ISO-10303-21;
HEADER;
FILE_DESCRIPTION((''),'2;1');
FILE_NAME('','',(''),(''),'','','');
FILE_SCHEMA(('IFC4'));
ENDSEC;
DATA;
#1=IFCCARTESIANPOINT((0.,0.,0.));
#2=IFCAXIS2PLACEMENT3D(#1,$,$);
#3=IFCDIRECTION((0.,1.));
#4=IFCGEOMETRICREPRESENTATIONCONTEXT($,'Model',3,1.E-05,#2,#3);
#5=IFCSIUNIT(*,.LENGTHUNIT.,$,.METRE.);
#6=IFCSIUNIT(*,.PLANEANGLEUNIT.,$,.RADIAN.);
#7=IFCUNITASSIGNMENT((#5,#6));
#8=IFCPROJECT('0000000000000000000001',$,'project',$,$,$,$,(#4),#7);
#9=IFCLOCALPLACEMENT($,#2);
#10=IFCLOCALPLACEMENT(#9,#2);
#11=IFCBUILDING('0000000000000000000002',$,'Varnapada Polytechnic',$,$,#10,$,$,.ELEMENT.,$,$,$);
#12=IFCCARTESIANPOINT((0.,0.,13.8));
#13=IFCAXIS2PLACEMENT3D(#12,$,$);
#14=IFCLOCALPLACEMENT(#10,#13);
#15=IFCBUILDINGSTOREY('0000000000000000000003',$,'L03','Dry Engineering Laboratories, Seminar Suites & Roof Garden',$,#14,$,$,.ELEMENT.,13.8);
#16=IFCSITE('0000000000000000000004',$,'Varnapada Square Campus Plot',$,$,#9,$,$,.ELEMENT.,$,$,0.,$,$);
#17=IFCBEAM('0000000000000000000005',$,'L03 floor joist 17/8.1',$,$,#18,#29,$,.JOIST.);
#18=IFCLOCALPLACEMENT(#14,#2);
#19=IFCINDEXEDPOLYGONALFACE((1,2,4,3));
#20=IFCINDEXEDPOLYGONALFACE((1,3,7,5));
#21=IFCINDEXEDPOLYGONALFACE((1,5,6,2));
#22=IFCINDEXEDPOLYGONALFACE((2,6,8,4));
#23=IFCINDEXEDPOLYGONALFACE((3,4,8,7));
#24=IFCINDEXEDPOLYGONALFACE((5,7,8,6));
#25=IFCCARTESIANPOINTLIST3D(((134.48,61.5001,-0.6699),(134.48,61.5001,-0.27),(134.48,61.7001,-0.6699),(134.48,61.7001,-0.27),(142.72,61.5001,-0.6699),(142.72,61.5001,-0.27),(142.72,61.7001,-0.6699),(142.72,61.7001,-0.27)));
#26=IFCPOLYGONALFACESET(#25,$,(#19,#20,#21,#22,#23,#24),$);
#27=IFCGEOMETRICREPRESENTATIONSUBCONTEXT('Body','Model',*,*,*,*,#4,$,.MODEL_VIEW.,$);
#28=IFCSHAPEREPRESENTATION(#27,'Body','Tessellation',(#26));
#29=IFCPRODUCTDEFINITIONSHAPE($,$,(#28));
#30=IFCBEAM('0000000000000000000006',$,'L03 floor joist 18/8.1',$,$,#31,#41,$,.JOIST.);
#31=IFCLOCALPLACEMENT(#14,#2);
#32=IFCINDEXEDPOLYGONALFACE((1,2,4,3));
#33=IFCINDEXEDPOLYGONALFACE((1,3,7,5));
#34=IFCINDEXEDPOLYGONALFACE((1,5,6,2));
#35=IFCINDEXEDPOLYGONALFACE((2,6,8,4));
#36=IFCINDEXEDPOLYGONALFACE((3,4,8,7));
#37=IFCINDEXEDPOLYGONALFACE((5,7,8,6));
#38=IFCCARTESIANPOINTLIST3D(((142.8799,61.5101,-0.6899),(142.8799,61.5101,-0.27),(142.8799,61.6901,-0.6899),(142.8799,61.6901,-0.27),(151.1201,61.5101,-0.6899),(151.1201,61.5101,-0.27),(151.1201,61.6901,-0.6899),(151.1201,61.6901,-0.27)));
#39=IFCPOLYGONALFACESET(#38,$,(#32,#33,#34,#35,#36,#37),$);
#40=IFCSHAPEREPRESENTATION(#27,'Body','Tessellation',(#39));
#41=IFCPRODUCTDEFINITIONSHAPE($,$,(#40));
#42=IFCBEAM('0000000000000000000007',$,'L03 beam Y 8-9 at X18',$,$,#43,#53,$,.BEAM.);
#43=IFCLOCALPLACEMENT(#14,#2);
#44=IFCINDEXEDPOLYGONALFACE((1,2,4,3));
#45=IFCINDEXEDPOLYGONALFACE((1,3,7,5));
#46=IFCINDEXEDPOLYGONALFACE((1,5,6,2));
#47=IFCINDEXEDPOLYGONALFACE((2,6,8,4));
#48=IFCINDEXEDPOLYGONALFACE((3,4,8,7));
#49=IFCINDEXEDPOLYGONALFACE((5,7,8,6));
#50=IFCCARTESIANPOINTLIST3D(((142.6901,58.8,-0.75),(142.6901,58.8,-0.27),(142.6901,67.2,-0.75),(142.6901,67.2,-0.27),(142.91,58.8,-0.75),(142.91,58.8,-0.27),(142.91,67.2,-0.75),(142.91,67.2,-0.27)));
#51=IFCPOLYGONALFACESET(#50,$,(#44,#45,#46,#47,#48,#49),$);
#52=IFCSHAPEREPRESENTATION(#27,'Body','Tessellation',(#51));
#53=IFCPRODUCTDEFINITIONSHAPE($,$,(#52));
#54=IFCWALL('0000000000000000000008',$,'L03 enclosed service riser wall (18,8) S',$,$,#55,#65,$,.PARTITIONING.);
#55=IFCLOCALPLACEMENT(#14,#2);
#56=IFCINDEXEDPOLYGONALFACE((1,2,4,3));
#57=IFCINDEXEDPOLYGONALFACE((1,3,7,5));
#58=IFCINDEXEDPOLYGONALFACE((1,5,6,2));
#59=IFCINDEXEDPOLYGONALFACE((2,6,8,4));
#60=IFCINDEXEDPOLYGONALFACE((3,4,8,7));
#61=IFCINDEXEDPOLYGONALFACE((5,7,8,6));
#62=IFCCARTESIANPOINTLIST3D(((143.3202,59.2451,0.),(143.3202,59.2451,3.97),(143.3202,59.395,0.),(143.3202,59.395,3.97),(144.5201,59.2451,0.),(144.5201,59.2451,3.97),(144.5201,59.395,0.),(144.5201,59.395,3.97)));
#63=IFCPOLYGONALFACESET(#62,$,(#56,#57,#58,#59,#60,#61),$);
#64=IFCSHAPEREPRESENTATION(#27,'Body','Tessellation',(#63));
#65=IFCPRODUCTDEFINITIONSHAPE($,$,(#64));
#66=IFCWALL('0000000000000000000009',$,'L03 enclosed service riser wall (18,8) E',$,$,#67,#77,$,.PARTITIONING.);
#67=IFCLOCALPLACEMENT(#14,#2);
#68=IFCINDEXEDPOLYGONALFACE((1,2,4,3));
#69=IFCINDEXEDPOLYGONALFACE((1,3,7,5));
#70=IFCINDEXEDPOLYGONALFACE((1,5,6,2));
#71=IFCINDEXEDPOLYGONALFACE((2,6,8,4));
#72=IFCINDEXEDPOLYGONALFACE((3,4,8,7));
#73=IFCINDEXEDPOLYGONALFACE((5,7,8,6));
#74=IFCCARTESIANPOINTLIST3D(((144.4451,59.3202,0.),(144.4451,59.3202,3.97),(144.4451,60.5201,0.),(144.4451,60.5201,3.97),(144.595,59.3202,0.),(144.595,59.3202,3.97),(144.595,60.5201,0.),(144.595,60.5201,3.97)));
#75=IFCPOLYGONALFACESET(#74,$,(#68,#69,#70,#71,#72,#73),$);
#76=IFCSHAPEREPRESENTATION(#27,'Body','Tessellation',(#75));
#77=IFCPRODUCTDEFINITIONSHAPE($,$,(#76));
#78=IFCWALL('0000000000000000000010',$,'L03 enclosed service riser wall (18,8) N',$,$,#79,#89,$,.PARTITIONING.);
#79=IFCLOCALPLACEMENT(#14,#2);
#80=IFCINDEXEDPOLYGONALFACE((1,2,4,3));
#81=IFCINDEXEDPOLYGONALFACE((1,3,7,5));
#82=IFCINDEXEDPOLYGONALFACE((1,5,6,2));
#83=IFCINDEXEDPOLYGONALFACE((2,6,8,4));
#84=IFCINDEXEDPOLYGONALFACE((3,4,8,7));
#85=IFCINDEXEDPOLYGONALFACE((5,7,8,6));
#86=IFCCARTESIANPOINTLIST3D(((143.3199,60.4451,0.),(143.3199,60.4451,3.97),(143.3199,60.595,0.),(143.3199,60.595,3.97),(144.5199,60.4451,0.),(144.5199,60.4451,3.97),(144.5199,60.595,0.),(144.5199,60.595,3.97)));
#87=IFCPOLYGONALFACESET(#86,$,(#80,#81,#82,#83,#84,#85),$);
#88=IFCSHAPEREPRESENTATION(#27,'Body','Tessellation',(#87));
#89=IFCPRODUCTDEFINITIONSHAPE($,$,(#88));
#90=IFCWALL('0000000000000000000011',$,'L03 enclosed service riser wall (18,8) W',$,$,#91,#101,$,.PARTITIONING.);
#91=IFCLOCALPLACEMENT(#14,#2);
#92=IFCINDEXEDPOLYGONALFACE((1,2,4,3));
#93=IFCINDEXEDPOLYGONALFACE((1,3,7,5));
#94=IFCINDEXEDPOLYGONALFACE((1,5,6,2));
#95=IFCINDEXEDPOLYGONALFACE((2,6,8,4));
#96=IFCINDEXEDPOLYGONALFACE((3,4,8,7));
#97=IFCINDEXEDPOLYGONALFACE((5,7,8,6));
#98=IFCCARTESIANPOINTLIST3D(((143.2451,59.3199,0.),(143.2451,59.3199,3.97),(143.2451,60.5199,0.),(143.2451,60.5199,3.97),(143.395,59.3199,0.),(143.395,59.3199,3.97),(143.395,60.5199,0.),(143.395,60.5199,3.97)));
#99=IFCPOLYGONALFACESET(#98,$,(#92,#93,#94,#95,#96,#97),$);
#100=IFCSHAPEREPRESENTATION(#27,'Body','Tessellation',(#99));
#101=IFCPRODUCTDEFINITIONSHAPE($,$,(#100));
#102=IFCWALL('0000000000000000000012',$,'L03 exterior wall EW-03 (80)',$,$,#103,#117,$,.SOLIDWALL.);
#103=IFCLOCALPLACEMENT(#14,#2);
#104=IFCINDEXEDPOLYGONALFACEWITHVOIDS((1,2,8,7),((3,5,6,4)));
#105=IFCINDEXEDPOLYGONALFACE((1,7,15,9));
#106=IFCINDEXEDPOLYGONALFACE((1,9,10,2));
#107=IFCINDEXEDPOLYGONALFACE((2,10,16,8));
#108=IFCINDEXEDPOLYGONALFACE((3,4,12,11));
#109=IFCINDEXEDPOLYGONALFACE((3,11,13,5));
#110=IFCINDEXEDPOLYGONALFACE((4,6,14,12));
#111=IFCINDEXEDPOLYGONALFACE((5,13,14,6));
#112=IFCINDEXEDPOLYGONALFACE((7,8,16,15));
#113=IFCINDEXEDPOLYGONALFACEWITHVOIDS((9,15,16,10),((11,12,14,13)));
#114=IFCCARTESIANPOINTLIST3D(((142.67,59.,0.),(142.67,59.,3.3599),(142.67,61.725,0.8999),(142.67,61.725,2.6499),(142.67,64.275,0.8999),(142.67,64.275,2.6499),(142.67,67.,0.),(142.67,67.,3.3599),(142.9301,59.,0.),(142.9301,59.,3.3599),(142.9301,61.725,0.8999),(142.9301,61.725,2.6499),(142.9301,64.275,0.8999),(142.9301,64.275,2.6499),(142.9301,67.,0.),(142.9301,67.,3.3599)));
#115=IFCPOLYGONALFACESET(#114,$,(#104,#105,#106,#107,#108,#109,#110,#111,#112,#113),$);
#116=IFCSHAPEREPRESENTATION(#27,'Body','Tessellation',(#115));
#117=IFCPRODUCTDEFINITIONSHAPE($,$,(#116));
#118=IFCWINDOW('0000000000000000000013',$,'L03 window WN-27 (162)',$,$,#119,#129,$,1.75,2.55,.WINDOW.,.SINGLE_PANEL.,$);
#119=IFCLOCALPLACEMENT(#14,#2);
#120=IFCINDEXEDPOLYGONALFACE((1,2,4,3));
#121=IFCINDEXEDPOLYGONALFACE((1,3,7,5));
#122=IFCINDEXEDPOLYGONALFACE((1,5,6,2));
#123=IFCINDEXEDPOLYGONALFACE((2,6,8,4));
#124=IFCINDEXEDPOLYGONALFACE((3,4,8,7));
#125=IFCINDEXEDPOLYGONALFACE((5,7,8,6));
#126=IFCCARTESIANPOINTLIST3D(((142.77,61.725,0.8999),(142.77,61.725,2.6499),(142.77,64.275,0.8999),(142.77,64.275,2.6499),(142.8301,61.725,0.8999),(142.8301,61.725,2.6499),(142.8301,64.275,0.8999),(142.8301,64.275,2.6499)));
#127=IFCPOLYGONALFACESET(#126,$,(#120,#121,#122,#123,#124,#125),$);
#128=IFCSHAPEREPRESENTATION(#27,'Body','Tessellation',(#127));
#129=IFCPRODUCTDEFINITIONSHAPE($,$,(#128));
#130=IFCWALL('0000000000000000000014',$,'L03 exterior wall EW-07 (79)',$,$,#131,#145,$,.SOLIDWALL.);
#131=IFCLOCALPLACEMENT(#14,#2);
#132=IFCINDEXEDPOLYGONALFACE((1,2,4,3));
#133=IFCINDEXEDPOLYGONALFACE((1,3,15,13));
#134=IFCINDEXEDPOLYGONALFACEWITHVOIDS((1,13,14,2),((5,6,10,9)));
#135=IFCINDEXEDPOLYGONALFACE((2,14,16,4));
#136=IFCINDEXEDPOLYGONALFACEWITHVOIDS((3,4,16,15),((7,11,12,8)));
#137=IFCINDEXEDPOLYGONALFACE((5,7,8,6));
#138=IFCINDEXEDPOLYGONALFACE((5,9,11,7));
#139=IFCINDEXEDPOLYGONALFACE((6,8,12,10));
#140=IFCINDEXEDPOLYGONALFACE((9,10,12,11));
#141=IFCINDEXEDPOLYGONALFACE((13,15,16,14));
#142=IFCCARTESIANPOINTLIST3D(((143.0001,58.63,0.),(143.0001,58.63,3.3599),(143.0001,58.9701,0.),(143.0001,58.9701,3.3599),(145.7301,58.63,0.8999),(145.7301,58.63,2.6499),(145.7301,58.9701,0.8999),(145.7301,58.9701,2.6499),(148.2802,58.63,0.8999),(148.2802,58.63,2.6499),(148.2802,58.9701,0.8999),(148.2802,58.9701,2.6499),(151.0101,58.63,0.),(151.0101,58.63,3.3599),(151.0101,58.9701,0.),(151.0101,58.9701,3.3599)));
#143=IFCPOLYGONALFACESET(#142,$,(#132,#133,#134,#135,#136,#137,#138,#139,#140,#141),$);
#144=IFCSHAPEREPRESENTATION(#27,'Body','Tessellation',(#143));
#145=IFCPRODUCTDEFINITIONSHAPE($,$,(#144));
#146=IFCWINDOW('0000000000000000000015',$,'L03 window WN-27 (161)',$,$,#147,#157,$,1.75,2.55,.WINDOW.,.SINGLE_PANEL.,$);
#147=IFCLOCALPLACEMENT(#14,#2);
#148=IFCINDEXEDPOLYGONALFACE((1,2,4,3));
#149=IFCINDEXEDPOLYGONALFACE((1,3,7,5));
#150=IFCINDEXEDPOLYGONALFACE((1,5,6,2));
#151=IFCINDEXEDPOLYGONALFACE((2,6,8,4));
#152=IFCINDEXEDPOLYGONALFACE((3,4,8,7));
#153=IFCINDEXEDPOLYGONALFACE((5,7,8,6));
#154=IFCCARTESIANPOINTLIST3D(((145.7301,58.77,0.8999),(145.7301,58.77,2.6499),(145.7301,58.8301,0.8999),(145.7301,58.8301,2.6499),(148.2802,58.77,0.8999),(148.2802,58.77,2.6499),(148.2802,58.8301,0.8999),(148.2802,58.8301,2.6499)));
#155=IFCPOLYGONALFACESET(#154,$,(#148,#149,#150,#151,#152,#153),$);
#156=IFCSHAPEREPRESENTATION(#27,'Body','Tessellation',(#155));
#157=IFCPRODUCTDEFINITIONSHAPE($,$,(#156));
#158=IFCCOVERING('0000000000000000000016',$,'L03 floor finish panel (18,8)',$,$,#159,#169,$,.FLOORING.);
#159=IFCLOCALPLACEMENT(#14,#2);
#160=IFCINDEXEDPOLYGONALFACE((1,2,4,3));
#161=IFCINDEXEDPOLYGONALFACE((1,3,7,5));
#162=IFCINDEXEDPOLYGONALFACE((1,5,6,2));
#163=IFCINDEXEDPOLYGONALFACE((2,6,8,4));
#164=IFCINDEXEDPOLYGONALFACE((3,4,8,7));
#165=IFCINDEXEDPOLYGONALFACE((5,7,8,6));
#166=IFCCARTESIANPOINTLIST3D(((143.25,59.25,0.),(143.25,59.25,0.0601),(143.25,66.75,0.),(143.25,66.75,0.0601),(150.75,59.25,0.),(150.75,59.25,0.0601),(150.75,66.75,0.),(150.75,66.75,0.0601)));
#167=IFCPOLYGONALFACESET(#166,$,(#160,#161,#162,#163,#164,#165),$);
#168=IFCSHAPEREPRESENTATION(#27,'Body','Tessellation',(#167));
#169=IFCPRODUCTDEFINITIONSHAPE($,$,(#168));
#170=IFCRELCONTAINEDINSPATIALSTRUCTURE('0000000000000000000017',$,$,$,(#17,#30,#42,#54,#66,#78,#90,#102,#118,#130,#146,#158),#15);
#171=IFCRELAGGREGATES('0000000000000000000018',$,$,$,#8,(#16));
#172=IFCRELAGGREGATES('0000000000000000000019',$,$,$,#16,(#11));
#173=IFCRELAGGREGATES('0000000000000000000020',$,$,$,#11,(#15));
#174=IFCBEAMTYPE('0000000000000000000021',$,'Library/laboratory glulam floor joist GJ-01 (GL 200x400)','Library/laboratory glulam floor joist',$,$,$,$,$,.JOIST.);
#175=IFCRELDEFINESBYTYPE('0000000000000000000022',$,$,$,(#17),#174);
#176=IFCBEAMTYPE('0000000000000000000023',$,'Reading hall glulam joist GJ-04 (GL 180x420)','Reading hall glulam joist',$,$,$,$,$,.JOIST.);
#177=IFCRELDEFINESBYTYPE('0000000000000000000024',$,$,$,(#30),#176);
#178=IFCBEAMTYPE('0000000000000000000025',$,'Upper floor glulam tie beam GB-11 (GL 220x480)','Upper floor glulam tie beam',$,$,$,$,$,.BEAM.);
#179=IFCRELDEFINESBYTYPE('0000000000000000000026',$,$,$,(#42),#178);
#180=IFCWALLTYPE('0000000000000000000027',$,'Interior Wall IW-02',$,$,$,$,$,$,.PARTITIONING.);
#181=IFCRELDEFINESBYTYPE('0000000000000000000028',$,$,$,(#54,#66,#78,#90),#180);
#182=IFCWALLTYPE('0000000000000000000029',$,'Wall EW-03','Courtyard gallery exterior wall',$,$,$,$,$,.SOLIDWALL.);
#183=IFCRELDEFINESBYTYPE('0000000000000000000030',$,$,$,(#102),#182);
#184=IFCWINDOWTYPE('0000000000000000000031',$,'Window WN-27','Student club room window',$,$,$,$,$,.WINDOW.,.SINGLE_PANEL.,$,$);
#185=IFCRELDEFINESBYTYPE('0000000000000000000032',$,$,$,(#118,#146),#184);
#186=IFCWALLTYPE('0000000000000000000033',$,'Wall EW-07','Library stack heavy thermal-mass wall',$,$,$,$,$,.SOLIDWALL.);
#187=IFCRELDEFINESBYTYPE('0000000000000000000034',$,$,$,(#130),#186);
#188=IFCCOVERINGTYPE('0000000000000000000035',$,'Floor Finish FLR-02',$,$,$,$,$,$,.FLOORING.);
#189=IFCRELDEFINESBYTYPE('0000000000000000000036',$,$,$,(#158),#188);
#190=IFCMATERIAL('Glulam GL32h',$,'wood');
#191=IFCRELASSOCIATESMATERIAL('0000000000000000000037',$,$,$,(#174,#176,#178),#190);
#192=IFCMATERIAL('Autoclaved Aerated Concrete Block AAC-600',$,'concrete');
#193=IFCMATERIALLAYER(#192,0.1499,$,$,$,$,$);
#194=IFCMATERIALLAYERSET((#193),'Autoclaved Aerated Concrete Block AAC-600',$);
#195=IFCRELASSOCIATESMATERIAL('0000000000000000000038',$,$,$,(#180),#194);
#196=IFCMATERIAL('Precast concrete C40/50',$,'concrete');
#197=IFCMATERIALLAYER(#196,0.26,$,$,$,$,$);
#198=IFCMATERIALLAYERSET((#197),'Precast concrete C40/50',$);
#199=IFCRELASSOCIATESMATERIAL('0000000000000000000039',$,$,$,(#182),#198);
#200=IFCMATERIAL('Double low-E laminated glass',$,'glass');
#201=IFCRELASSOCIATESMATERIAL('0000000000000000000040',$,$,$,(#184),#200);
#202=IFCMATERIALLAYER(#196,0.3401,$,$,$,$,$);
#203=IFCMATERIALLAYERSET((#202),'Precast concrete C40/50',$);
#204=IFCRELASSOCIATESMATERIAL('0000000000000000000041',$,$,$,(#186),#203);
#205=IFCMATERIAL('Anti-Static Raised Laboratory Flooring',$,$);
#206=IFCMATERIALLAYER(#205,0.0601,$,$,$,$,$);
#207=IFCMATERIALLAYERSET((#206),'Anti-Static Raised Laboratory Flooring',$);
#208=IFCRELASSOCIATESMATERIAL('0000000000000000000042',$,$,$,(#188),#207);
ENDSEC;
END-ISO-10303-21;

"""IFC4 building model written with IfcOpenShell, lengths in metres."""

from ifc_helpers import new_model, si_unit, direction, frame, frame_2d, origin, origin_2d, place, context, subcontext, project, spatial, rectangle, extrude, material, layer, layer_set, material_profile, profile_set, type_object, element, fill, save


model = new_model("IFC4")

# Units and contexts
model_context = context("Model", 3, precision=1e-05, world=origin(), true_north=direction((0.0, 1.0)))
body_context = subcontext(model_context, "Body", "Model", "MODEL_VIEW")
ifc_project = project(units=[si_unit("LENGTHUNIT", "METRE"), si_unit("PLANEANGLEUNIT", "RADIAN")], contexts=[model_context])

# Site, building, storey
site_placement = place(None, origin())
site = spatial("IfcSite", under=ifc_project, at=site_placement, Name="Varnapada Square Campus Plot", CompositionType="ELEMENT", RefElevation=0.0)
building_placement = place(site_placement, origin())
building = spatial("IfcBuilding", under=site, at=building_placement, Name="Varnapada Polytechnic", CompositionType="ELEMENT")
storey_placement = place(building_placement, frame((0.0, 0.0, 13.8)))
storey = spatial("IfcBuildingStorey", under=building, at=storey_placement, Name="L03", Description="Dry Engineering Laboratories, Seminar Suites & Roof Garden", CompositionType="ELEMENT", Elevation=13.8)

# Beams
ifc_material_1 = material(Name="Glulam GL32h", Category="wood")
ifc_material_profile_1 = material_profile(ifc_material_1, rectangle(XDim=0.2, YDim=0.3999, at=origin_2d()), Name="GL 200x400")
ifc_profile_set_1 = profile_set([ifc_material_profile_1], Name="Glulam GL32h")
beam_type_1 = type_object("IfcBeamType", Name="Library/laboratory glulam floor joist GJ-01 (GL 200x400)", Description="Library/laboratory glulam floor joist", PredefinedType="JOIST", material=ifc_profile_set_1)
beam_1_placement = place(storey_placement, frame((134.48, 61.6001, -0.47), z_axis=(1.0, 0.0, 0.0), x_axis=(0.0, 1.0, 0.0)))
element("IfcBeam", 1, at=beam_1_placement, inside=storey, type_object=beam_type_1, Name="L03 floor joist 17/8.1", PredefinedType="JOIST", context=body_context, shape_type="SweptSolid", body=[
    extrude(rectangle(XDim=0.2, YDim=0.3999, at=origin_2d()), origin(), (0.0, 0.0, 1.0), 8.24),
])
ifc_material_profile_2 = material_profile(ifc_material_1, rectangle(XDim=0.1799, YDim=0.4199, at=origin_2d()), Name="GL 180x420")
ifc_profile_set_2 = profile_set([ifc_material_profile_2], Name="Glulam GL32h")
beam_type_2 = type_object("IfcBeamType", Name="Reading hall glulam joist GJ-04 (GL 180x420)", Description="Reading hall glulam joist", PredefinedType="JOIST", material=ifc_profile_set_2)
beam_2_placement = place(storey_placement, frame((142.8799, 61.6001, -0.48), z_axis=(1.0, 0.0, 0.0), x_axis=(0.0, 1.0, 0.0)))
element("IfcBeam", 2, at=beam_2_placement, inside=storey, type_object=beam_type_2, Name="L03 floor joist 18/8.1", PredefinedType="JOIST", context=body_context, shape_type="SweptSolid", body=[
    extrude(rectangle(XDim=0.1799, YDim=0.4199, at=origin_2d()), origin(), (0.0, 0.0, 1.0), 8.2402),
])
ifc_material_profile_3 = material_profile(ifc_material_1, rectangle(XDim=0.22, YDim=0.48, at=origin_2d()), Name="GL 220x480")
ifc_profile_set_3 = profile_set([ifc_material_profile_3], Name="Glulam GL32h")
beam_type_3 = type_object("IfcBeamType", Name="Upper floor glulam tie beam GB-11 (GL 220x480)", Description="Upper floor glulam tie beam", PredefinedType="BEAM", material=ifc_profile_set_3)
beam_3_placement = place(storey_placement, frame((142.8, 58.8, -0.51), z_axis=(0.0, 1.0, 0.0), x_axis=(-1.0, 0.0, 0.0)))
element("IfcBeam", 3, at=beam_3_placement, inside=storey, type_object=beam_type_3, Name="L03 beam Y 8-9 at X18", PredefinedType="BEAM", context=body_context, shape_type="SweptSolid", body=[
    extrude(rectangle(XDim=0.22, YDim=0.48, at=origin_2d()), origin(), (0.0, 0.0, 1.0), 8.3999),
])

# Walls
ifc_material_2 = material(Name="Autoclaved Aerated Concrete Block AAC-600", Category="concrete")
ifc_layer_1 = layer(ifc_material_2, 0.1499)
ifc_layer_set_1 = layer_set([ifc_layer_1], Name="Autoclaved Aerated Concrete Block AAC-600")
wall_type_1 = type_object("IfcWallType", Name="Interior Wall IW-02", PredefinedType="PARTITIONING", material=ifc_layer_set_1)
for number, where, z_axis, x_axis, name in (
    (4, (143.3201, 59.3201, 0.0), (0.0, 0.0, 1.0), (1.0, 0.0, 0.0), "L03 enclosed service riser wall (18,8) S"),
    (5, (144.52, 59.3201, 0.0), (0.0, 0.0, 1.0), (0.0, 1.0, 0.0), "L03 enclosed service riser wall (18,8) E"),
    (6, (144.52, 60.52, 0.0), (0.0, 0.0, 1.0), (-1.0, 0.0, 0.0), "L03 enclosed service riser wall (18,8) N"),
    (7, (143.3201, 60.52, 0.0), (0.0, 0.0, 1.0), (0.0, -1.0, 0.0), "L03 enclosed service riser wall (18,8) W"),
):
    element("IfcWall", number, at=place(storey_placement, frame(where, z_axis=z_axis, x_axis=x_axis)), inside=storey, type_object=wall_type_1, Name=name, PredefinedType="PARTITIONING", context=body_context, shape_type="SweptSolid", body=[
        extrude(rectangle(XDim=1.2, YDim=0.1499, at=frame_2d((0.6001, 0.0))), origin(), (0.0, 0.0, 1.0), 3.97),
    ])

# Walls, openings, windows
ifc_material_3 = material(Name="Precast concrete C40/50", Category="concrete")
ifc_layer_2 = layer(ifc_material_3, 0.26)
ifc_layer_set_2 = layer_set([ifc_layer_2], Name="Precast concrete C40/50")
wall_type_2 = type_object("IfcWallType", Name="Wall EW-03", Description="Courtyard gallery exterior wall", PredefinedType="SOLIDWALL", material=ifc_layer_set_2)
wall_1_placement = place(storey_placement, frame((142.8, 59.0, 0.0), z_axis=(0.0, 0.0, 1.0), x_axis=(0.0, 1.0, 0.0)))
wall_1 = element("IfcWall", 8, at=wall_1_placement, inside=storey, type_object=wall_type_2, Name="L03 exterior wall EW-03 (80)", PredefinedType="SOLIDWALL", context=body_context, shape_type="SweptSolid", body=[
    extrude(rectangle(XDim=8.0, YDim=0.26, at=frame_2d((4.0, 0.0))), origin(), (0.0, 0.0, 1.0), 3.3599),
])
opening_1_placement = place(wall_1_placement, frame((2.7251, 0.0, 0.8999)))
opening_1 = element("IfcOpeningElement", 9, at=opening_1_placement, cuts=wall_1, PredefinedType="OPENING", context=body_context, shape_type="SweptSolid", body=[
    extrude(rectangle(XDim=2.55, YDim=1.75, at=frame_2d((1.2749, 0.875))), frame((0.0, 0.1399, 0.0), z_axis=(0.0, -1.0, 0.0), x_axis=(1.0, 0.0, 0.0)), (0.0, 0.0, 1.0), 0.28),
])
ifc_material_4 = material(Name="Double low-E laminated glass", Category="glass")
window_type = type_object("IfcWindowType", Name="Window WN-27", Description="Student club room window", PartitioningType="SINGLE_PANEL", PredefinedType="WINDOW", material=ifc_material_4)
window_1_placement = place(opening_1_placement, origin())
window_1 = element("IfcWindow", 10, at=window_1_placement, inside=storey, type_object=window_type, Name="L03 window WN-27 (162)", OverallHeight=1.75, OverallWidth=2.55, PartitioningType="SINGLE_PANEL", PredefinedType="WINDOW", context=body_context, shape_type="SweptSolid", body=[
    extrude(rectangle(XDim=2.55, YDim=1.75, at=frame_2d((1.2749, 0.875))), frame((0.0, 0.03, 0.0), z_axis=(0.0, -1.0, 0.0), x_axis=(1.0, 0.0, 0.0)), (0.0, 0.0, 1.0), 0.0601),
])
fill(opening_1, window_1)
ifc_layer_3 = layer(ifc_material_3, 0.3401)
ifc_layer_set_3 = layer_set([ifc_layer_3], Name="Precast concrete C40/50")
wall_type_3 = type_object("IfcWallType", Name="Wall EW-07", Description="Library stack heavy thermal-mass wall", PredefinedType="SOLIDWALL", material=ifc_layer_set_3)
wall_2_placement = place(storey_placement, frame((151.01, 58.8, 0.0), z_axis=(0.0, 0.0, 1.0), x_axis=(-1.0, 0.0, 0.0)))
wall_2 = element("IfcWall", 11, at=wall_2_placement, inside=storey, type_object=wall_type_3, Name="L03 exterior wall EW-07 (79)", PredefinedType="SOLIDWALL", context=body_context, shape_type="SweptSolid", body=[
    extrude(rectangle(XDim=8.01, YDim=0.3401, at=frame_2d((4.0049, 0.0))), origin(), (0.0, 0.0, 1.0), 3.3599),
])
opening_2_placement = place(wall_2_placement, frame((2.73, 0.0, 0.8999)))
opening_2 = element("IfcOpeningElement", 12, at=opening_2_placement, cuts=wall_2, PredefinedType="OPENING", context=body_context, shape_type="SweptSolid", body=[
    extrude(rectangle(XDim=2.55, YDim=1.75, at=frame_2d((1.2749, 0.875))), frame((0.0, 0.1799, 0.0), z_axis=(0.0, -1.0, 0.0), x_axis=(1.0, 0.0, 0.0)), (0.0, 0.0, 1.0), 0.3601),
])
window_2_placement = place(opening_2_placement, origin())
window_2 = element("IfcWindow", 13, at=window_2_placement, inside=storey, type_object=window_type, Name="L03 window WN-27 (161)", OverallHeight=1.75, OverallWidth=2.55, PartitioningType="SINGLE_PANEL", PredefinedType="WINDOW", context=body_context, shape_type="SweptSolid", body=[
    extrude(rectangle(XDim=2.55, YDim=1.75, at=frame_2d((1.2749, 0.875))), frame((0.0, 0.03, 0.0), z_axis=(0.0, -1.0, 0.0), x_axis=(1.0, 0.0, 0.0)), (0.0, 0.0, 1.0), 0.0601),
])
fill(opening_2, window_2)

# Covering
ifc_material_5 = material(Name="Anti-Static Raised Laboratory Flooring")
ifc_layer_4 = layer(ifc_material_5, 0.0601)
ifc_layer_set_4 = layer_set([ifc_layer_4], Name="Anti-Static Raised Laboratory Flooring")
covering_type_1 = type_object("IfcCoveringType", Name="Floor Finish FLR-02", PredefinedType="FLOORING", material=ifc_layer_set_4)
covering_1_placement = place(storey_placement, frame((147.0, 63.0, 0.0), z_axis=(0.0, 0.0, 1.0), x_axis=(1.0, 0.0, 0.0)))
element("IfcCovering", 14, at=covering_1_placement, inside=storey, type_object=covering_type_1, Name="L03 floor finish panel (18,8)", PredefinedType="FLOORING", context=body_context, shape_type="SweptSolid", body=[
    extrude(rectangle(XDim=7.5, YDim=7.5, at=origin_2d()), origin(), (0.0, 0.0, 1.0), 0.0601),
])

save(model, "model.ifc")
